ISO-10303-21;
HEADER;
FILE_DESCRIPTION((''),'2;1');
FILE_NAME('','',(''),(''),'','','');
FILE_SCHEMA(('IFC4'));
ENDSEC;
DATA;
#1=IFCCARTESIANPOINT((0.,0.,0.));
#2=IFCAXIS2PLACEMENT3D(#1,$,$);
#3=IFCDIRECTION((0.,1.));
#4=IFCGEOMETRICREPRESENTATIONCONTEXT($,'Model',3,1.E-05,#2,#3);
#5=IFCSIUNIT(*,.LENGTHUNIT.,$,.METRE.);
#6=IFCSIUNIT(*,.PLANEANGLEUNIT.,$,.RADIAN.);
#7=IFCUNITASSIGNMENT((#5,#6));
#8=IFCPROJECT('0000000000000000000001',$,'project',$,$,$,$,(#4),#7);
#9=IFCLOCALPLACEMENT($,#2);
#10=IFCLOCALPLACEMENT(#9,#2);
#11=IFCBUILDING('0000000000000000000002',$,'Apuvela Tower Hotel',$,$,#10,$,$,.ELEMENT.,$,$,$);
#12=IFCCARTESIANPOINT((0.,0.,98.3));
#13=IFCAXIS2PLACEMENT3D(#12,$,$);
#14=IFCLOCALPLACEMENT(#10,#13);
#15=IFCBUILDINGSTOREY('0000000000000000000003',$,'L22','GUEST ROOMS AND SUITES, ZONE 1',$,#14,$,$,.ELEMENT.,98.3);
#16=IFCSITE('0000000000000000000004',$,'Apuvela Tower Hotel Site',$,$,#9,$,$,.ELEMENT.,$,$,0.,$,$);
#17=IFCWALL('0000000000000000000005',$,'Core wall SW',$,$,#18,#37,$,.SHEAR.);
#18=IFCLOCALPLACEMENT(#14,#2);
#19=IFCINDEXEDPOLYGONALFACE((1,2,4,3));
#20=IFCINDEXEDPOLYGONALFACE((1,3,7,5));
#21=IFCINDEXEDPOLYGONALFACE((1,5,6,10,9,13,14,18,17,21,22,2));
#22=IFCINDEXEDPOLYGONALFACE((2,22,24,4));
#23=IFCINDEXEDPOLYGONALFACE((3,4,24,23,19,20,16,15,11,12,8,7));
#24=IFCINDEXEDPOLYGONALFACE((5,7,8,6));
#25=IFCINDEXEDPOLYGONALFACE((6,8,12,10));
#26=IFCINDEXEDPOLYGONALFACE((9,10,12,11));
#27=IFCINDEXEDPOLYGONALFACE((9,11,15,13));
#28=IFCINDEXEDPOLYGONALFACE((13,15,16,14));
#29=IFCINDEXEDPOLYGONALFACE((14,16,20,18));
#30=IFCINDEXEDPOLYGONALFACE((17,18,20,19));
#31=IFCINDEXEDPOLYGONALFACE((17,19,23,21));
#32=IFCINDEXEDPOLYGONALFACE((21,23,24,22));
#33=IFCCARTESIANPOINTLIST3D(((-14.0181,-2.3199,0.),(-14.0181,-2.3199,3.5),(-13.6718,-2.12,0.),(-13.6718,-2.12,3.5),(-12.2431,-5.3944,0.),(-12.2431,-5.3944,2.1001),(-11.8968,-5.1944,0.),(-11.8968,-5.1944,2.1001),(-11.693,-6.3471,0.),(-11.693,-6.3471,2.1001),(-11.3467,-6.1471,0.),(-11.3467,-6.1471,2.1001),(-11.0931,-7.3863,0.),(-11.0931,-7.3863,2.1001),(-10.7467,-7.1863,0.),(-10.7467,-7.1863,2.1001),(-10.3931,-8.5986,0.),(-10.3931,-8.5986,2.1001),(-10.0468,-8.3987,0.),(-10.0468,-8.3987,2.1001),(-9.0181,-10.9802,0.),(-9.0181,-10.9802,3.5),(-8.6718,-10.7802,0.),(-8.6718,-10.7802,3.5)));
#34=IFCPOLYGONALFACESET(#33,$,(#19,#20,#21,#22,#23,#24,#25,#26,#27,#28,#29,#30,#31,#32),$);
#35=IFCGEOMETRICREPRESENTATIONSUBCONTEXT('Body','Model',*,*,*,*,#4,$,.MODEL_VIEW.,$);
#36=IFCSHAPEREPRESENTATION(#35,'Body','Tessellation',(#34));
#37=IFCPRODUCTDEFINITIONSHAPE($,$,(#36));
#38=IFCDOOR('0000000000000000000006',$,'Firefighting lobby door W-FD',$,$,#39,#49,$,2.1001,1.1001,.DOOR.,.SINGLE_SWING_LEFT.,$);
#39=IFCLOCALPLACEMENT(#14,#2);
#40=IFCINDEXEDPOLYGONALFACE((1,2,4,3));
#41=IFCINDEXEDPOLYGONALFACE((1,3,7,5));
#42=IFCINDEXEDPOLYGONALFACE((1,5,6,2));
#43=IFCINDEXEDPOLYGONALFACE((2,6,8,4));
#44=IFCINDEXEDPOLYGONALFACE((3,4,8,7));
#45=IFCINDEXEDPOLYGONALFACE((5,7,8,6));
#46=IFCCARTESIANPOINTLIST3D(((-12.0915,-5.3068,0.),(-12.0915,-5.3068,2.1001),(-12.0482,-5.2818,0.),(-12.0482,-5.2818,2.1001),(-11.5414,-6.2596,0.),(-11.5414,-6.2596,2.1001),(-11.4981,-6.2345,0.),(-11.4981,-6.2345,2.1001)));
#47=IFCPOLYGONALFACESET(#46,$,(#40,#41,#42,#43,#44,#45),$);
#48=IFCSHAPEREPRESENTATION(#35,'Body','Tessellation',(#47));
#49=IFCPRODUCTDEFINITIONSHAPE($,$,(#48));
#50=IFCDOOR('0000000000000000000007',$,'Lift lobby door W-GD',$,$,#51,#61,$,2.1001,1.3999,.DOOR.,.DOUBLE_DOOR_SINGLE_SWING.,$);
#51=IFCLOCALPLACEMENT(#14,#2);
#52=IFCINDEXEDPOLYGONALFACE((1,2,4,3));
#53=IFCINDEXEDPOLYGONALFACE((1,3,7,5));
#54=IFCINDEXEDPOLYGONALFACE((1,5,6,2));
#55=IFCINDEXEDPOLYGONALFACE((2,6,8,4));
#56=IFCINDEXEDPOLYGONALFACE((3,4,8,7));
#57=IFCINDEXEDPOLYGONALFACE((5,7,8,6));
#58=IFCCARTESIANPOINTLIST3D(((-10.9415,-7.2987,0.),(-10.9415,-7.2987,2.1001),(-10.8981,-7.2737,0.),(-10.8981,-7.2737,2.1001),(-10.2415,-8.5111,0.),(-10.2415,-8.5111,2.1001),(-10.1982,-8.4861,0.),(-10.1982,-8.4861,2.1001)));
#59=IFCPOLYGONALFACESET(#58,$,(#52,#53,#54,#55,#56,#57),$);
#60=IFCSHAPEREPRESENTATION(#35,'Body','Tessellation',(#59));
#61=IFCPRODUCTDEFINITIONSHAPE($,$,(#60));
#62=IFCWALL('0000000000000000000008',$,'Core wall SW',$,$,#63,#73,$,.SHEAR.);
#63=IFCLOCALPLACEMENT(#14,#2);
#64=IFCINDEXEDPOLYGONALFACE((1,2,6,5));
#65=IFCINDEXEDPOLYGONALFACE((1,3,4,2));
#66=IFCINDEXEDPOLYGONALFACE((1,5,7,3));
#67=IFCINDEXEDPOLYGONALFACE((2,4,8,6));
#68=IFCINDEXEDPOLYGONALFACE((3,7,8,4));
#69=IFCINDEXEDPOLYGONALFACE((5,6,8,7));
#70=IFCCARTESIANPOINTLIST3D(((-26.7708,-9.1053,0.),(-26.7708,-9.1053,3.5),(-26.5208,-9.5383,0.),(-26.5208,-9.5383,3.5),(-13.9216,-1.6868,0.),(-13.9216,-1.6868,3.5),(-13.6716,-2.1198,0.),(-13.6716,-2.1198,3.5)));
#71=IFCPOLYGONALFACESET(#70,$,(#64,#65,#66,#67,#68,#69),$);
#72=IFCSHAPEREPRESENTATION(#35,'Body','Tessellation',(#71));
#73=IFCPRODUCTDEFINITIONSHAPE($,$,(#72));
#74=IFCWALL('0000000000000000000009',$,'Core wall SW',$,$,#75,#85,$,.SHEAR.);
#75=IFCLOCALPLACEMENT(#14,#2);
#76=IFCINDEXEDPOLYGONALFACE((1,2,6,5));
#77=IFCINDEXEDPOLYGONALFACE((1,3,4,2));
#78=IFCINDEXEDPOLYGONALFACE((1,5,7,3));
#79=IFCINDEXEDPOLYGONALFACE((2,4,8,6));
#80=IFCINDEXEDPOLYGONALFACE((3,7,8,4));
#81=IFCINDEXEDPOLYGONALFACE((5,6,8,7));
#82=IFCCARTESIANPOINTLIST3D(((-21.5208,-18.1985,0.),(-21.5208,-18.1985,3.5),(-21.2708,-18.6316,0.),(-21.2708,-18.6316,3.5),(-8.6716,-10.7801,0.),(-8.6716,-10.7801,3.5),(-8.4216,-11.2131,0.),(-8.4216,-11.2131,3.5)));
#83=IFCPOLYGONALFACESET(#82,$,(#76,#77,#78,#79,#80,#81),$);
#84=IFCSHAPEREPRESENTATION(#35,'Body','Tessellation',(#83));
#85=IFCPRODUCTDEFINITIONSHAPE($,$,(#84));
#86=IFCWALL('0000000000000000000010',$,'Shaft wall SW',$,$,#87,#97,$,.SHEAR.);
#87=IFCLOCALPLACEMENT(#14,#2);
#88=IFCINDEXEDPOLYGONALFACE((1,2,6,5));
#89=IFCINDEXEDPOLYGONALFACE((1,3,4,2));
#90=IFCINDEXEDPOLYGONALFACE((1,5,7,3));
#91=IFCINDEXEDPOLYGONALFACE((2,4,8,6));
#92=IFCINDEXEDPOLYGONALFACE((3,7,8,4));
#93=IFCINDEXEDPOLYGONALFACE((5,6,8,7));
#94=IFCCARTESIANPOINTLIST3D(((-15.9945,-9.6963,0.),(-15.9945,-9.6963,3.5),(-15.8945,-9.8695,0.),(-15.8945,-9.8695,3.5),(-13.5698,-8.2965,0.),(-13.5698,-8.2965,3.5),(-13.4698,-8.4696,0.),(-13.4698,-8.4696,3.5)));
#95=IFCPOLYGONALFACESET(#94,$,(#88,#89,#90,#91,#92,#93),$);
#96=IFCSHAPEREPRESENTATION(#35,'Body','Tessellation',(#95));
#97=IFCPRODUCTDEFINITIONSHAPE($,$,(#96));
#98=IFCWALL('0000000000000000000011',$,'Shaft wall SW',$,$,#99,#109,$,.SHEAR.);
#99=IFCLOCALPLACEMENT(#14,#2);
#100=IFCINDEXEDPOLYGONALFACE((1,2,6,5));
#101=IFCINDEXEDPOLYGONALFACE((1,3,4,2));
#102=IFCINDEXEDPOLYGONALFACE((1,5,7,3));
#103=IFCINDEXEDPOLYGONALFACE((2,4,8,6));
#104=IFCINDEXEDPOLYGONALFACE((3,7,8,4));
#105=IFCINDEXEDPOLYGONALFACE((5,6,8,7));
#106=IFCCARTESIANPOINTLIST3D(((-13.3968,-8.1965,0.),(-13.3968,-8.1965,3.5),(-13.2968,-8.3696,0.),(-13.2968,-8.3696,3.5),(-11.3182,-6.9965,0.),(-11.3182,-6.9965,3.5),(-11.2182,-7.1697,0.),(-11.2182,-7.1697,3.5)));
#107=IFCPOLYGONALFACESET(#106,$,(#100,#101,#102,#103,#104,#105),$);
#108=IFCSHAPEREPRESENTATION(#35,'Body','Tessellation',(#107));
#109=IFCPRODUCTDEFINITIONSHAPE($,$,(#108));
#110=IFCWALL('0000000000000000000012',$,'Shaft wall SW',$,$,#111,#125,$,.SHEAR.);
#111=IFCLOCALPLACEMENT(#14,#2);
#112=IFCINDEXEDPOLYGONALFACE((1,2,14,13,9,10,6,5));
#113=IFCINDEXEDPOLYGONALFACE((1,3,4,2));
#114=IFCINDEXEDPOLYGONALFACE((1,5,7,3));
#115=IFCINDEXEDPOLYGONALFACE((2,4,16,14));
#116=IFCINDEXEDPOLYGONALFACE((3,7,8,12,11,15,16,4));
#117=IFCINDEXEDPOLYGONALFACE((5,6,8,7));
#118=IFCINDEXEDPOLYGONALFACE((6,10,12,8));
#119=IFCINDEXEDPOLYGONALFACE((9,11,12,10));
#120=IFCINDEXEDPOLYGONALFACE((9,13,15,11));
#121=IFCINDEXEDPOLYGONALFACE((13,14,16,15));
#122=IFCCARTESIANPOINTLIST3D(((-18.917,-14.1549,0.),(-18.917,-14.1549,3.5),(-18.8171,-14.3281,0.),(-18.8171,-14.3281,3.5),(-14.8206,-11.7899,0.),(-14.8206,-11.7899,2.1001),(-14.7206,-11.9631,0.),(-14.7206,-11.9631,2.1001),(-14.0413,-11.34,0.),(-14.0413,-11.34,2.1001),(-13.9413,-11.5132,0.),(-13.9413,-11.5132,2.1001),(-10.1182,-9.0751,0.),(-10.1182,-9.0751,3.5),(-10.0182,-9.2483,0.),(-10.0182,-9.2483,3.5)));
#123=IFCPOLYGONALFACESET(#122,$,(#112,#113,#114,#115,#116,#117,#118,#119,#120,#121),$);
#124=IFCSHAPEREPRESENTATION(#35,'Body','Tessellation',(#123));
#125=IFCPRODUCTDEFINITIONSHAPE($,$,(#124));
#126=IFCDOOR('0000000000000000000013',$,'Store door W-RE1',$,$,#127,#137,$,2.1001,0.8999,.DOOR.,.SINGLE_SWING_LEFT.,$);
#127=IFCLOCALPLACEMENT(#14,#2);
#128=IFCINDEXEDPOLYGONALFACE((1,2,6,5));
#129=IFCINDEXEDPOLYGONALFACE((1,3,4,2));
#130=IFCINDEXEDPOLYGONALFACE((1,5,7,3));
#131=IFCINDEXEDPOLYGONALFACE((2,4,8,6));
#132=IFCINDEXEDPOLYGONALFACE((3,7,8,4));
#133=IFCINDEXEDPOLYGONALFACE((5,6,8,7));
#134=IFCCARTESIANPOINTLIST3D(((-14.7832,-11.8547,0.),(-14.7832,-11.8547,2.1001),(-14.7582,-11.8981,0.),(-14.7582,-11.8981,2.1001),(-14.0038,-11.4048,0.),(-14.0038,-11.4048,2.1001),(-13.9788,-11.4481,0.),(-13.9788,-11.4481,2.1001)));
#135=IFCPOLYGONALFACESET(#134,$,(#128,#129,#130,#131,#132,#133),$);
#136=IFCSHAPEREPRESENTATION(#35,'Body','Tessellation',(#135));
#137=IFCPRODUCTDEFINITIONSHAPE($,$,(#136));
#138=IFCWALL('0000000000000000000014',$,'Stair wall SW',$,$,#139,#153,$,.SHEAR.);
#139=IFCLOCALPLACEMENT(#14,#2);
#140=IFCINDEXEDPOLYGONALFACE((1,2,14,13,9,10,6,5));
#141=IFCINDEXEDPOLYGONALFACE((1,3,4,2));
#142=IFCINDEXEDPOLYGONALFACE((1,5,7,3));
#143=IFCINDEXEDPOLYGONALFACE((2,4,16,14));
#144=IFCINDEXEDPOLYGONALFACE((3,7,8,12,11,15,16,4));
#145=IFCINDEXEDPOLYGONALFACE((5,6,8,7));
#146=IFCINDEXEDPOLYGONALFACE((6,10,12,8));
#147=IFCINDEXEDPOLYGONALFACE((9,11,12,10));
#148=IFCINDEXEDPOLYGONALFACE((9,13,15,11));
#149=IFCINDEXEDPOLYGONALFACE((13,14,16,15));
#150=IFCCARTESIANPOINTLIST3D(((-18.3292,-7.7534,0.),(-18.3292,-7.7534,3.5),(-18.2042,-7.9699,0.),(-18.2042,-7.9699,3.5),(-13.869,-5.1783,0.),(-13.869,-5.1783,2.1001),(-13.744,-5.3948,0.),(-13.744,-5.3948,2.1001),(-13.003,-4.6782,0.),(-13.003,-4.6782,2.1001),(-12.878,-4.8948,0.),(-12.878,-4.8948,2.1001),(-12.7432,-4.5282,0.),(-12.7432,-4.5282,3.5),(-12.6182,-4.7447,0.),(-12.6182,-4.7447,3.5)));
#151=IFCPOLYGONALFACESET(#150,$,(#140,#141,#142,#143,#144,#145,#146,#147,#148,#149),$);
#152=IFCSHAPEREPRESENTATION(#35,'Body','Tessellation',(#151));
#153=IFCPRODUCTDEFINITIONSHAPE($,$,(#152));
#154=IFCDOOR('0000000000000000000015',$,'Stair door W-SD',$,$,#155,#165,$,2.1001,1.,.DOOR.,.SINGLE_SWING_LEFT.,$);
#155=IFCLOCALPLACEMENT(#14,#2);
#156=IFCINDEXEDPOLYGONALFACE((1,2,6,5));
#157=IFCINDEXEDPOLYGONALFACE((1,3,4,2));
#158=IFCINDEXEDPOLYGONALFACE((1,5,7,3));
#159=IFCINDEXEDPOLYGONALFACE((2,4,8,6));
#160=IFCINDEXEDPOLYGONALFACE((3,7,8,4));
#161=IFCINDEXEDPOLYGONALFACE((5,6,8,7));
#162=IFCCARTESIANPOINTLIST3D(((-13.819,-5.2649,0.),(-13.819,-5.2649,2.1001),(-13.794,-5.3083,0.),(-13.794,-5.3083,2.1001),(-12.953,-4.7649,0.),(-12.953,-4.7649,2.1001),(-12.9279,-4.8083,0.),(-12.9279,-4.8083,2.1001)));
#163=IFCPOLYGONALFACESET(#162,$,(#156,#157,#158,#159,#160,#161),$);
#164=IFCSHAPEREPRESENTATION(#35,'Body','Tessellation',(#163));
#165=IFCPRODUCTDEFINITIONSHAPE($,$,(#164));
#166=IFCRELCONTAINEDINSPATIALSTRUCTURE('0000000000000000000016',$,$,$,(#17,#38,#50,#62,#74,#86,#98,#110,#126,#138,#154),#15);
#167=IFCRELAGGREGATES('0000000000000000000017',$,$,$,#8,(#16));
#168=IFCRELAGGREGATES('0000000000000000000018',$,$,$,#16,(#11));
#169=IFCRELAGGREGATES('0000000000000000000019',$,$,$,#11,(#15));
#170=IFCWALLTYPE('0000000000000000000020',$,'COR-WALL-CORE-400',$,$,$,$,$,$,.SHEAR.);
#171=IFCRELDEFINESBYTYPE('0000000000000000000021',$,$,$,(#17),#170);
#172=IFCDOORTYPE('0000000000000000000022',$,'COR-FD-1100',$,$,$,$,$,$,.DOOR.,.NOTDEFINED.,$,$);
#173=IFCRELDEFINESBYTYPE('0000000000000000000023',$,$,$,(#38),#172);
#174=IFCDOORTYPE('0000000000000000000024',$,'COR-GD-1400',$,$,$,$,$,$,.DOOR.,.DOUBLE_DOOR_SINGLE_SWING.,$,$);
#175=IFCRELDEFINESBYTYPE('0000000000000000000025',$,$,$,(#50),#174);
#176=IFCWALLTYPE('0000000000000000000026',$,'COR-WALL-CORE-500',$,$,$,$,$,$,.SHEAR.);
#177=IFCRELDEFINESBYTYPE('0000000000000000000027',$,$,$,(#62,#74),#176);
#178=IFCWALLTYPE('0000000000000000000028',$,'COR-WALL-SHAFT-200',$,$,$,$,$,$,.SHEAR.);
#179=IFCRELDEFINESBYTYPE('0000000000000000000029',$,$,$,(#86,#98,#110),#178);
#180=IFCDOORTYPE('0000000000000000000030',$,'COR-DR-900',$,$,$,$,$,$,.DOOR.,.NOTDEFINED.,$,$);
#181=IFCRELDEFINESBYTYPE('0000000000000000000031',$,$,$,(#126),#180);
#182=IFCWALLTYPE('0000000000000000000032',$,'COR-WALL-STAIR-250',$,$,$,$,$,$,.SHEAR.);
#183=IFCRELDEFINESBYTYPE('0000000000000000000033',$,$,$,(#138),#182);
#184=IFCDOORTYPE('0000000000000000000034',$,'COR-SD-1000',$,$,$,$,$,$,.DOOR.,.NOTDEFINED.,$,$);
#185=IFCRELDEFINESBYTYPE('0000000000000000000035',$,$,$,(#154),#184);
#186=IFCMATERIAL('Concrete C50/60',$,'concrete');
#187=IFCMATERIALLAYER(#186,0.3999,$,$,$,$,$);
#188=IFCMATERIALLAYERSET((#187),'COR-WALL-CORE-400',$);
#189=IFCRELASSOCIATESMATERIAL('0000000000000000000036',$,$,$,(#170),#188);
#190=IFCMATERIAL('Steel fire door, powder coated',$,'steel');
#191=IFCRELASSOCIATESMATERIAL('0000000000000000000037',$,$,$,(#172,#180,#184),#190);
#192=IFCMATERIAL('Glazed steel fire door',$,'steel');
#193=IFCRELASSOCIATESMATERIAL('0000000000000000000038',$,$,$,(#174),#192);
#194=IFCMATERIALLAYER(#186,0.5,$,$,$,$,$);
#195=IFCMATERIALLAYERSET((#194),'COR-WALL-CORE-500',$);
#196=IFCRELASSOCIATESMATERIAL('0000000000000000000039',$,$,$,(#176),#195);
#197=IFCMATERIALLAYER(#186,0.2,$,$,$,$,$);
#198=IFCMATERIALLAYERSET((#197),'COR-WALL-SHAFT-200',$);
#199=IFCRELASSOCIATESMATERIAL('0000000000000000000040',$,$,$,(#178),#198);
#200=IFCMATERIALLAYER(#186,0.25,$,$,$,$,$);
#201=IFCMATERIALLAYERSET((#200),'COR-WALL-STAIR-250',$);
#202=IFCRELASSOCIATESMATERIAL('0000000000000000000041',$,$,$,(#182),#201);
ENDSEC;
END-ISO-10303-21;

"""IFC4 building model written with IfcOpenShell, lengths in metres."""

from ifc_helpers import new_model, si_unit, direction, frame, frame_2d, origin, place, context, subcontext, project, spatial, rectangle, extrude, material, layer, layer_set, type_object, element, fill, save


model = new_model("IFC4")

# Units and contexts
model_context = context("Model", 3, precision=1e-05, world=origin(), true_north=direction((0.0, 1.0)))
body_context = subcontext(model_context, "Body", "Model", "MODEL_VIEW")
ifc_project = project(units=[si_unit("LENGTHUNIT", "METRE"), si_unit("PLANEANGLEUNIT", "RADIAN")], contexts=[model_context])

# Site, building, storey
site_placement = place(None, origin())
site = spatial("IfcSite", under=ifc_project, at=site_placement, Name="Apuvela Tower Hotel Site", CompositionType="ELEMENT", RefElevation=0.0)
building_placement = place(site_placement, origin())
building = spatial("IfcBuilding", under=site, at=building_placement, Name="Apuvela Tower Hotel", CompositionType="ELEMENT")
storey_placement = place(building_placement, frame((0.0, 0.0, 98.3)))
storey = spatial("IfcBuildingStorey", under=building, at=storey_placement, Name="L22", Description="GUEST ROOMS AND SUITES, ZONE 1", CompositionType="ELEMENT", Elevation=98.3)

# Wall, openings, doors
ifc_material_1 = material(Name="Concrete C50/60", Category="concrete")
ifc_layer_1 = layer(ifc_material_1, 0.3999)
ifc_layer_set_1 = layer_set([ifc_layer_1], Name="COR-WALL-CORE-400")
wall_type_1 = type_object("IfcWallType", Name="COR-WALL-CORE-400", PredefinedType="SHEAR", material=ifc_layer_set_1)
wall_1_placement = place(storey_placement, frame((-13.845, -2.22, 0.0), z_axis=(0.0, 0.0, 1.0), x_axis=(0.500004, -0.866023, 0.0)))
wall_1 = element("IfcWall", 1, at=wall_1_placement, inside=storey, type_object=wall_type_1, Name="Core wall SW", PredefinedType="SHEAR", context=body_context, shape_type="SweptSolid", body=[
    extrude(rectangle(XDim=10.0, YDim=0.3999, at=frame_2d((5.0, 0.0))), origin(), (0.0, 0.0, 1.0), 3.5),
])
opening_1_placement = place(wall_1_placement, frame((3.55, 0.0, 0.0)))
opening_1 = element("IfcOpeningElement", 2, at=opening_1_placement, cuts=wall_1, PredefinedType="OPENING", context=body_context, shape_type="SweptSolid", body=[
    extrude(rectangle(XDim=1.1001, YDim=2.1001, at=frame_2d((0.55, 1.05))), frame((0.0, 0.21, 0.0), z_axis=(0.0, -1.0, 0.0), x_axis=(1.0, 0.0, 0.0)), (0.0, 0.0, 1.0), 0.4199),
])
opening_2_placement = place(wall_1_placement, frame((5.8501, 0.0, 0.0)))
opening_2 = element("IfcOpeningElement", 3, at=opening_2_placement, cuts=wall_1, PredefinedType="OPENING", context=body_context, shape_type="SweptSolid", body=[
    extrude(rectangle(XDim=1.3999, YDim=2.1001, at=frame_2d((0.7, 1.05))), frame((0.0, 0.21, 0.0), z_axis=(0.0, -1.0, 0.0), x_axis=(1.0, 0.0, 0.0)), (0.0, 0.0, 1.0), 0.4199),
])
ifc_material_2 = material(Name="Steel fire door, powder coated", Category="steel")
door_type_1 = type_object("IfcDoorType", Name="COR-FD-1100", OperationType="NOTDEFINED", PredefinedType="DOOR", material=ifc_material_2)
door_1_placement = place(opening_1_placement, frame((1.1001, 0.0, 0.0), z_axis=(0.0, 0.0, 1.0), x_axis=(-1.0, 0.0, 0.0)))
door_1 = element("IfcDoor", 4, at=door_1_placement, inside=storey, type_object=door_type_1, Name="Firefighting lobby door W-FD", OperationType="SINGLE_SWING_LEFT", OverallHeight=2.1001, OverallWidth=1.1001, PredefinedType="DOOR", context=body_context, shape_type="SweptSolid", body=[
    extrude(rectangle(XDim=1.1001, YDim=2.1001, at=frame_2d((0.55, 1.05))), frame((0.0, 0.0249, 0.0), z_axis=(0.0, -1.0, 0.0), x_axis=(1.0, 0.0, 0.0)), (0.0, 0.0, 1.0), 0.05),
])
fill(opening_1, door_1)
ifc_material_3 = material(Name="Glazed steel fire door", Category="steel")
door_type_2 = type_object("IfcDoorType", Name="COR-GD-1400", OperationType="DOUBLE_DOOR_SINGLE_SWING", PredefinedType="DOOR", material=ifc_material_3)
door_2_placement = place(opening_2_placement, frame((1.3999, 0.0, 0.0), z_axis=(0.0, 0.0, 1.0), x_axis=(-1.0, 0.0, 0.0)))
door_2 = element("IfcDoor", 5, at=door_2_placement, inside=storey, type_object=door_type_2, Name="Lift lobby door W-GD", OperationType="DOUBLE_DOOR_SINGLE_SWING", OverallHeight=2.1001, OverallWidth=1.3999, PredefinedType="DOOR", context=body_context, shape_type="SweptSolid", body=[
    extrude(rectangle(XDim=1.3999, YDim=2.1001, at=frame_2d((0.7, 1.05))), frame((0.0, 0.0249, 0.0), z_axis=(0.0, -1.0, 0.0), x_axis=(1.0, 0.0, 0.0)), (0.0, 0.0, 1.0), 0.05),
])
fill(opening_2, door_2)

# Walls
ifc_layer_2 = layer(ifc_material_1, 0.5)
ifc_layer_set_2 = layer_set([ifc_layer_2], Name="COR-WALL-CORE-500")
wall_type_2 = type_object("IfcWallType", Name="COR-WALL-CORE-500", PredefinedType="SHEAR", material=ifc_layer_set_2)
for number, where, z_axis, x_axis, name in (
    (6, (-13.7966, -1.9033, 0.0), (0.0, 0.0, 1.0), (-0.866025, -0.500001, 0.0), "Core wall SW"),
    (7, (-8.5466, -10.9966, 0.0), (0.0, 0.0, 1.0), (-0.866025, -0.500001, 0.0), "Core wall SW"),
):
    element("IfcWall", number, at=place(storey_placement, frame(where, z_axis=z_axis, x_axis=x_axis)), inside=storey, type_object=wall_type_2, Name=name, PredefinedType="SHEAR", context=body_context, shape_type="SweptSolid", body=[
        extrude(rectangle(XDim=14.8369, YDim=0.5, at=frame_2d((7.4185, 0.0))), origin(), (0.0, 0.0, 1.0), 3.5),
    ])
ifc_layer_3 = layer(ifc_material_1, 0.2)
ifc_layer_set_3 = layer_set([ifc_layer_3], Name="COR-WALL-SHAFT-200")
wall_type_3 = type_object("IfcWallType", Name="COR-WALL-SHAFT-200", PredefinedType="SHEAR", material=ifc_layer_set_3)
wall_2_placement = place(storey_placement, frame((-13.5198, -8.3831, 0.0), z_axis=(0.0, 0.0, 1.0), x_axis=(-0.866035, -0.499984, 0.0)))
element("IfcWall", 8, at=wall_2_placement, inside=storey, type_object=wall_type_3, Name="Shaft wall SW", PredefinedType="SHEAR", context=body_context, shape_type="SweptSolid", body=[
    extrude(rectangle(XDim=2.7998, YDim=0.2, at=frame_2d((1.3999, 0.0))), origin(), (0.0, 0.0, 1.0), 3.5),
])
wall_3_placement = place(storey_placement, frame((-11.2681, -7.083, 0.0), z_axis=(0.0, 0.0, 1.0), x_axis=(-0.86605, -0.499957, 0.0)))
element("IfcWall", 9, at=wall_3_placement, inside=storey, type_object=wall_type_3, Name="Shaft wall SW", PredefinedType="SHEAR", context=body_context, shape_type="SweptSolid", body=[
    extrude(rectangle(XDim=2.4001, YDim=0.2, at=frame_2d((1.2002, 0.0))), origin(), (0.0, 0.0, 1.0), 3.5),
])

# Walls, openings, doors
wall_4_placement = place(storey_placement, frame((-10.0681, -9.1616, 0.0), z_axis=(0.0, 0.0, 1.0), x_axis=(-0.866033, -0.499987, 0.0)))
wall_4 = element("IfcWall", 10, at=wall_4_placement, inside=storey, type_object=wall_type_3, Name="Shaft wall SW", PredefinedType="SHEAR", context=body_context, shape_type="SweptSolid", body=[
    extrude(rectangle(XDim=10.1599, YDim=0.2, at=frame_2d((5.0801, 0.0))), origin(), (0.0, 0.0, 1.0), 3.5),
])
opening_3_placement = place(wall_4_placement, frame((4.53, 0.0, 0.0)))
opening_3 = element("IfcOpeningElement", 11, at=opening_3_placement, cuts=wall_4, PredefinedType="OPENING", context=body_context, shape_type="SweptSolid", body=[
    extrude(rectangle(XDim=0.8999, YDim=2.1001, at=frame_2d((0.45, 1.05))), frame((0.0, 0.1099, 0.0), z_axis=(0.0, -1.0, 0.0), x_axis=(1.0, 0.0, 0.0)), (0.0, 0.0, 1.0), 0.22),
])
door_type_3 = type_object("IfcDoorType", Name="COR-DR-900", OperationType="NOTDEFINED", PredefinedType="DOOR", material=ifc_material_2)
door_3_placement = place(opening_3_placement, origin())
door_3 = element("IfcDoor", 12, at=door_3_placement, inside=storey, type_object=door_type_3, Name="Store door W-RE1", OperationType="SINGLE_SWING_LEFT", OverallHeight=2.1001, OverallWidth=0.8999, PredefinedType="DOOR", context=body_context, shape_type="SweptSolid", body=[
    extrude(rectangle(XDim=0.8999, YDim=2.1001, at=frame_2d((0.45, 1.05))), frame((0.0, 0.0249, 0.0), z_axis=(0.0, -1.0, 0.0), x_axis=(1.0, 0.0, 0.0)), (0.0, 0.0, 1.0), 0.05),
])
fill(opening_3, door_3)
ifc_layer_4 = layer(ifc_material_1, 0.25)
ifc_layer_set_4 = layer_set([ifc_layer_4], Name="COR-WALL-STAIR-250")
wall_type_4 = type_object("IfcWallType", Name="COR-WALL-STAIR-250", PredefinedType="SHEAR", material=ifc_layer_set_4)
wall_5_placement = place(storey_placement, frame((-12.6807, -4.6365, 0.0), z_axis=(0.0, 0.0, 1.0), x_axis=(-0.866022, -0.500006, 0.0)))
wall_5 = element("IfcWall", 13, at=wall_5_placement, inside=storey, type_object=wall_type_4, Name="Stair wall SW", PredefinedType="SHEAR", context=body_context, shape_type="SweptSolid", body=[
    extrude(rectangle(XDim=6.4502, YDim=0.25, at=frame_2d((3.2251, 0.0))), origin(), (0.0, 0.0, 1.0), 3.5),
])
opening_4_placement = place(wall_5_placement, frame((0.3, 0.0, 0.0)))
opening_4 = element("IfcOpeningElement", 14, at=opening_4_placement, cuts=wall_5, PredefinedType="OPENING", context=body_context, shape_type="SweptSolid", body=[
    extrude(rectangle(XDim=1.0, YDim=2.1001, at=frame_2d((0.5, 1.05))), frame((0.0, 0.135, 0.0), z_axis=(0.0, -1.0, 0.0), x_axis=(1.0, 0.0, 0.0)), (0.0, 0.0, 1.0), 0.27),
])
door_type_4 = type_object("IfcDoorType", Name="COR-SD-1000", OperationType="NOTDEFINED", PredefinedType="DOOR", material=ifc_material_2)
door_4_placement = place(opening_4_placement, frame((1.0, 0.0, 0.0), z_axis=(0.0, 0.0, 1.0), x_axis=(-1.0, 0.0, 0.0)))
door_4 = element("IfcDoor", 15, at=door_4_placement, inside=storey, type_object=door_type_4, Name="Stair door W-SD", OperationType="SINGLE_SWING_LEFT", OverallHeight=2.1001, OverallWidth=1.0, PredefinedType="DOOR", context=body_context, shape_type="SweptSolid", body=[
    extrude(rectangle(XDim=1.0, YDim=2.1001, at=frame_2d((0.5, 1.05))), frame((0.0, 0.0249, 0.0), z_axis=(0.0, -1.0, 0.0), x_axis=(1.0, 0.0, 0.0)), (0.0, 0.0, 1.0), 0.05),
])
fill(opening_4, door_4)

save(model, "model.ifc")
